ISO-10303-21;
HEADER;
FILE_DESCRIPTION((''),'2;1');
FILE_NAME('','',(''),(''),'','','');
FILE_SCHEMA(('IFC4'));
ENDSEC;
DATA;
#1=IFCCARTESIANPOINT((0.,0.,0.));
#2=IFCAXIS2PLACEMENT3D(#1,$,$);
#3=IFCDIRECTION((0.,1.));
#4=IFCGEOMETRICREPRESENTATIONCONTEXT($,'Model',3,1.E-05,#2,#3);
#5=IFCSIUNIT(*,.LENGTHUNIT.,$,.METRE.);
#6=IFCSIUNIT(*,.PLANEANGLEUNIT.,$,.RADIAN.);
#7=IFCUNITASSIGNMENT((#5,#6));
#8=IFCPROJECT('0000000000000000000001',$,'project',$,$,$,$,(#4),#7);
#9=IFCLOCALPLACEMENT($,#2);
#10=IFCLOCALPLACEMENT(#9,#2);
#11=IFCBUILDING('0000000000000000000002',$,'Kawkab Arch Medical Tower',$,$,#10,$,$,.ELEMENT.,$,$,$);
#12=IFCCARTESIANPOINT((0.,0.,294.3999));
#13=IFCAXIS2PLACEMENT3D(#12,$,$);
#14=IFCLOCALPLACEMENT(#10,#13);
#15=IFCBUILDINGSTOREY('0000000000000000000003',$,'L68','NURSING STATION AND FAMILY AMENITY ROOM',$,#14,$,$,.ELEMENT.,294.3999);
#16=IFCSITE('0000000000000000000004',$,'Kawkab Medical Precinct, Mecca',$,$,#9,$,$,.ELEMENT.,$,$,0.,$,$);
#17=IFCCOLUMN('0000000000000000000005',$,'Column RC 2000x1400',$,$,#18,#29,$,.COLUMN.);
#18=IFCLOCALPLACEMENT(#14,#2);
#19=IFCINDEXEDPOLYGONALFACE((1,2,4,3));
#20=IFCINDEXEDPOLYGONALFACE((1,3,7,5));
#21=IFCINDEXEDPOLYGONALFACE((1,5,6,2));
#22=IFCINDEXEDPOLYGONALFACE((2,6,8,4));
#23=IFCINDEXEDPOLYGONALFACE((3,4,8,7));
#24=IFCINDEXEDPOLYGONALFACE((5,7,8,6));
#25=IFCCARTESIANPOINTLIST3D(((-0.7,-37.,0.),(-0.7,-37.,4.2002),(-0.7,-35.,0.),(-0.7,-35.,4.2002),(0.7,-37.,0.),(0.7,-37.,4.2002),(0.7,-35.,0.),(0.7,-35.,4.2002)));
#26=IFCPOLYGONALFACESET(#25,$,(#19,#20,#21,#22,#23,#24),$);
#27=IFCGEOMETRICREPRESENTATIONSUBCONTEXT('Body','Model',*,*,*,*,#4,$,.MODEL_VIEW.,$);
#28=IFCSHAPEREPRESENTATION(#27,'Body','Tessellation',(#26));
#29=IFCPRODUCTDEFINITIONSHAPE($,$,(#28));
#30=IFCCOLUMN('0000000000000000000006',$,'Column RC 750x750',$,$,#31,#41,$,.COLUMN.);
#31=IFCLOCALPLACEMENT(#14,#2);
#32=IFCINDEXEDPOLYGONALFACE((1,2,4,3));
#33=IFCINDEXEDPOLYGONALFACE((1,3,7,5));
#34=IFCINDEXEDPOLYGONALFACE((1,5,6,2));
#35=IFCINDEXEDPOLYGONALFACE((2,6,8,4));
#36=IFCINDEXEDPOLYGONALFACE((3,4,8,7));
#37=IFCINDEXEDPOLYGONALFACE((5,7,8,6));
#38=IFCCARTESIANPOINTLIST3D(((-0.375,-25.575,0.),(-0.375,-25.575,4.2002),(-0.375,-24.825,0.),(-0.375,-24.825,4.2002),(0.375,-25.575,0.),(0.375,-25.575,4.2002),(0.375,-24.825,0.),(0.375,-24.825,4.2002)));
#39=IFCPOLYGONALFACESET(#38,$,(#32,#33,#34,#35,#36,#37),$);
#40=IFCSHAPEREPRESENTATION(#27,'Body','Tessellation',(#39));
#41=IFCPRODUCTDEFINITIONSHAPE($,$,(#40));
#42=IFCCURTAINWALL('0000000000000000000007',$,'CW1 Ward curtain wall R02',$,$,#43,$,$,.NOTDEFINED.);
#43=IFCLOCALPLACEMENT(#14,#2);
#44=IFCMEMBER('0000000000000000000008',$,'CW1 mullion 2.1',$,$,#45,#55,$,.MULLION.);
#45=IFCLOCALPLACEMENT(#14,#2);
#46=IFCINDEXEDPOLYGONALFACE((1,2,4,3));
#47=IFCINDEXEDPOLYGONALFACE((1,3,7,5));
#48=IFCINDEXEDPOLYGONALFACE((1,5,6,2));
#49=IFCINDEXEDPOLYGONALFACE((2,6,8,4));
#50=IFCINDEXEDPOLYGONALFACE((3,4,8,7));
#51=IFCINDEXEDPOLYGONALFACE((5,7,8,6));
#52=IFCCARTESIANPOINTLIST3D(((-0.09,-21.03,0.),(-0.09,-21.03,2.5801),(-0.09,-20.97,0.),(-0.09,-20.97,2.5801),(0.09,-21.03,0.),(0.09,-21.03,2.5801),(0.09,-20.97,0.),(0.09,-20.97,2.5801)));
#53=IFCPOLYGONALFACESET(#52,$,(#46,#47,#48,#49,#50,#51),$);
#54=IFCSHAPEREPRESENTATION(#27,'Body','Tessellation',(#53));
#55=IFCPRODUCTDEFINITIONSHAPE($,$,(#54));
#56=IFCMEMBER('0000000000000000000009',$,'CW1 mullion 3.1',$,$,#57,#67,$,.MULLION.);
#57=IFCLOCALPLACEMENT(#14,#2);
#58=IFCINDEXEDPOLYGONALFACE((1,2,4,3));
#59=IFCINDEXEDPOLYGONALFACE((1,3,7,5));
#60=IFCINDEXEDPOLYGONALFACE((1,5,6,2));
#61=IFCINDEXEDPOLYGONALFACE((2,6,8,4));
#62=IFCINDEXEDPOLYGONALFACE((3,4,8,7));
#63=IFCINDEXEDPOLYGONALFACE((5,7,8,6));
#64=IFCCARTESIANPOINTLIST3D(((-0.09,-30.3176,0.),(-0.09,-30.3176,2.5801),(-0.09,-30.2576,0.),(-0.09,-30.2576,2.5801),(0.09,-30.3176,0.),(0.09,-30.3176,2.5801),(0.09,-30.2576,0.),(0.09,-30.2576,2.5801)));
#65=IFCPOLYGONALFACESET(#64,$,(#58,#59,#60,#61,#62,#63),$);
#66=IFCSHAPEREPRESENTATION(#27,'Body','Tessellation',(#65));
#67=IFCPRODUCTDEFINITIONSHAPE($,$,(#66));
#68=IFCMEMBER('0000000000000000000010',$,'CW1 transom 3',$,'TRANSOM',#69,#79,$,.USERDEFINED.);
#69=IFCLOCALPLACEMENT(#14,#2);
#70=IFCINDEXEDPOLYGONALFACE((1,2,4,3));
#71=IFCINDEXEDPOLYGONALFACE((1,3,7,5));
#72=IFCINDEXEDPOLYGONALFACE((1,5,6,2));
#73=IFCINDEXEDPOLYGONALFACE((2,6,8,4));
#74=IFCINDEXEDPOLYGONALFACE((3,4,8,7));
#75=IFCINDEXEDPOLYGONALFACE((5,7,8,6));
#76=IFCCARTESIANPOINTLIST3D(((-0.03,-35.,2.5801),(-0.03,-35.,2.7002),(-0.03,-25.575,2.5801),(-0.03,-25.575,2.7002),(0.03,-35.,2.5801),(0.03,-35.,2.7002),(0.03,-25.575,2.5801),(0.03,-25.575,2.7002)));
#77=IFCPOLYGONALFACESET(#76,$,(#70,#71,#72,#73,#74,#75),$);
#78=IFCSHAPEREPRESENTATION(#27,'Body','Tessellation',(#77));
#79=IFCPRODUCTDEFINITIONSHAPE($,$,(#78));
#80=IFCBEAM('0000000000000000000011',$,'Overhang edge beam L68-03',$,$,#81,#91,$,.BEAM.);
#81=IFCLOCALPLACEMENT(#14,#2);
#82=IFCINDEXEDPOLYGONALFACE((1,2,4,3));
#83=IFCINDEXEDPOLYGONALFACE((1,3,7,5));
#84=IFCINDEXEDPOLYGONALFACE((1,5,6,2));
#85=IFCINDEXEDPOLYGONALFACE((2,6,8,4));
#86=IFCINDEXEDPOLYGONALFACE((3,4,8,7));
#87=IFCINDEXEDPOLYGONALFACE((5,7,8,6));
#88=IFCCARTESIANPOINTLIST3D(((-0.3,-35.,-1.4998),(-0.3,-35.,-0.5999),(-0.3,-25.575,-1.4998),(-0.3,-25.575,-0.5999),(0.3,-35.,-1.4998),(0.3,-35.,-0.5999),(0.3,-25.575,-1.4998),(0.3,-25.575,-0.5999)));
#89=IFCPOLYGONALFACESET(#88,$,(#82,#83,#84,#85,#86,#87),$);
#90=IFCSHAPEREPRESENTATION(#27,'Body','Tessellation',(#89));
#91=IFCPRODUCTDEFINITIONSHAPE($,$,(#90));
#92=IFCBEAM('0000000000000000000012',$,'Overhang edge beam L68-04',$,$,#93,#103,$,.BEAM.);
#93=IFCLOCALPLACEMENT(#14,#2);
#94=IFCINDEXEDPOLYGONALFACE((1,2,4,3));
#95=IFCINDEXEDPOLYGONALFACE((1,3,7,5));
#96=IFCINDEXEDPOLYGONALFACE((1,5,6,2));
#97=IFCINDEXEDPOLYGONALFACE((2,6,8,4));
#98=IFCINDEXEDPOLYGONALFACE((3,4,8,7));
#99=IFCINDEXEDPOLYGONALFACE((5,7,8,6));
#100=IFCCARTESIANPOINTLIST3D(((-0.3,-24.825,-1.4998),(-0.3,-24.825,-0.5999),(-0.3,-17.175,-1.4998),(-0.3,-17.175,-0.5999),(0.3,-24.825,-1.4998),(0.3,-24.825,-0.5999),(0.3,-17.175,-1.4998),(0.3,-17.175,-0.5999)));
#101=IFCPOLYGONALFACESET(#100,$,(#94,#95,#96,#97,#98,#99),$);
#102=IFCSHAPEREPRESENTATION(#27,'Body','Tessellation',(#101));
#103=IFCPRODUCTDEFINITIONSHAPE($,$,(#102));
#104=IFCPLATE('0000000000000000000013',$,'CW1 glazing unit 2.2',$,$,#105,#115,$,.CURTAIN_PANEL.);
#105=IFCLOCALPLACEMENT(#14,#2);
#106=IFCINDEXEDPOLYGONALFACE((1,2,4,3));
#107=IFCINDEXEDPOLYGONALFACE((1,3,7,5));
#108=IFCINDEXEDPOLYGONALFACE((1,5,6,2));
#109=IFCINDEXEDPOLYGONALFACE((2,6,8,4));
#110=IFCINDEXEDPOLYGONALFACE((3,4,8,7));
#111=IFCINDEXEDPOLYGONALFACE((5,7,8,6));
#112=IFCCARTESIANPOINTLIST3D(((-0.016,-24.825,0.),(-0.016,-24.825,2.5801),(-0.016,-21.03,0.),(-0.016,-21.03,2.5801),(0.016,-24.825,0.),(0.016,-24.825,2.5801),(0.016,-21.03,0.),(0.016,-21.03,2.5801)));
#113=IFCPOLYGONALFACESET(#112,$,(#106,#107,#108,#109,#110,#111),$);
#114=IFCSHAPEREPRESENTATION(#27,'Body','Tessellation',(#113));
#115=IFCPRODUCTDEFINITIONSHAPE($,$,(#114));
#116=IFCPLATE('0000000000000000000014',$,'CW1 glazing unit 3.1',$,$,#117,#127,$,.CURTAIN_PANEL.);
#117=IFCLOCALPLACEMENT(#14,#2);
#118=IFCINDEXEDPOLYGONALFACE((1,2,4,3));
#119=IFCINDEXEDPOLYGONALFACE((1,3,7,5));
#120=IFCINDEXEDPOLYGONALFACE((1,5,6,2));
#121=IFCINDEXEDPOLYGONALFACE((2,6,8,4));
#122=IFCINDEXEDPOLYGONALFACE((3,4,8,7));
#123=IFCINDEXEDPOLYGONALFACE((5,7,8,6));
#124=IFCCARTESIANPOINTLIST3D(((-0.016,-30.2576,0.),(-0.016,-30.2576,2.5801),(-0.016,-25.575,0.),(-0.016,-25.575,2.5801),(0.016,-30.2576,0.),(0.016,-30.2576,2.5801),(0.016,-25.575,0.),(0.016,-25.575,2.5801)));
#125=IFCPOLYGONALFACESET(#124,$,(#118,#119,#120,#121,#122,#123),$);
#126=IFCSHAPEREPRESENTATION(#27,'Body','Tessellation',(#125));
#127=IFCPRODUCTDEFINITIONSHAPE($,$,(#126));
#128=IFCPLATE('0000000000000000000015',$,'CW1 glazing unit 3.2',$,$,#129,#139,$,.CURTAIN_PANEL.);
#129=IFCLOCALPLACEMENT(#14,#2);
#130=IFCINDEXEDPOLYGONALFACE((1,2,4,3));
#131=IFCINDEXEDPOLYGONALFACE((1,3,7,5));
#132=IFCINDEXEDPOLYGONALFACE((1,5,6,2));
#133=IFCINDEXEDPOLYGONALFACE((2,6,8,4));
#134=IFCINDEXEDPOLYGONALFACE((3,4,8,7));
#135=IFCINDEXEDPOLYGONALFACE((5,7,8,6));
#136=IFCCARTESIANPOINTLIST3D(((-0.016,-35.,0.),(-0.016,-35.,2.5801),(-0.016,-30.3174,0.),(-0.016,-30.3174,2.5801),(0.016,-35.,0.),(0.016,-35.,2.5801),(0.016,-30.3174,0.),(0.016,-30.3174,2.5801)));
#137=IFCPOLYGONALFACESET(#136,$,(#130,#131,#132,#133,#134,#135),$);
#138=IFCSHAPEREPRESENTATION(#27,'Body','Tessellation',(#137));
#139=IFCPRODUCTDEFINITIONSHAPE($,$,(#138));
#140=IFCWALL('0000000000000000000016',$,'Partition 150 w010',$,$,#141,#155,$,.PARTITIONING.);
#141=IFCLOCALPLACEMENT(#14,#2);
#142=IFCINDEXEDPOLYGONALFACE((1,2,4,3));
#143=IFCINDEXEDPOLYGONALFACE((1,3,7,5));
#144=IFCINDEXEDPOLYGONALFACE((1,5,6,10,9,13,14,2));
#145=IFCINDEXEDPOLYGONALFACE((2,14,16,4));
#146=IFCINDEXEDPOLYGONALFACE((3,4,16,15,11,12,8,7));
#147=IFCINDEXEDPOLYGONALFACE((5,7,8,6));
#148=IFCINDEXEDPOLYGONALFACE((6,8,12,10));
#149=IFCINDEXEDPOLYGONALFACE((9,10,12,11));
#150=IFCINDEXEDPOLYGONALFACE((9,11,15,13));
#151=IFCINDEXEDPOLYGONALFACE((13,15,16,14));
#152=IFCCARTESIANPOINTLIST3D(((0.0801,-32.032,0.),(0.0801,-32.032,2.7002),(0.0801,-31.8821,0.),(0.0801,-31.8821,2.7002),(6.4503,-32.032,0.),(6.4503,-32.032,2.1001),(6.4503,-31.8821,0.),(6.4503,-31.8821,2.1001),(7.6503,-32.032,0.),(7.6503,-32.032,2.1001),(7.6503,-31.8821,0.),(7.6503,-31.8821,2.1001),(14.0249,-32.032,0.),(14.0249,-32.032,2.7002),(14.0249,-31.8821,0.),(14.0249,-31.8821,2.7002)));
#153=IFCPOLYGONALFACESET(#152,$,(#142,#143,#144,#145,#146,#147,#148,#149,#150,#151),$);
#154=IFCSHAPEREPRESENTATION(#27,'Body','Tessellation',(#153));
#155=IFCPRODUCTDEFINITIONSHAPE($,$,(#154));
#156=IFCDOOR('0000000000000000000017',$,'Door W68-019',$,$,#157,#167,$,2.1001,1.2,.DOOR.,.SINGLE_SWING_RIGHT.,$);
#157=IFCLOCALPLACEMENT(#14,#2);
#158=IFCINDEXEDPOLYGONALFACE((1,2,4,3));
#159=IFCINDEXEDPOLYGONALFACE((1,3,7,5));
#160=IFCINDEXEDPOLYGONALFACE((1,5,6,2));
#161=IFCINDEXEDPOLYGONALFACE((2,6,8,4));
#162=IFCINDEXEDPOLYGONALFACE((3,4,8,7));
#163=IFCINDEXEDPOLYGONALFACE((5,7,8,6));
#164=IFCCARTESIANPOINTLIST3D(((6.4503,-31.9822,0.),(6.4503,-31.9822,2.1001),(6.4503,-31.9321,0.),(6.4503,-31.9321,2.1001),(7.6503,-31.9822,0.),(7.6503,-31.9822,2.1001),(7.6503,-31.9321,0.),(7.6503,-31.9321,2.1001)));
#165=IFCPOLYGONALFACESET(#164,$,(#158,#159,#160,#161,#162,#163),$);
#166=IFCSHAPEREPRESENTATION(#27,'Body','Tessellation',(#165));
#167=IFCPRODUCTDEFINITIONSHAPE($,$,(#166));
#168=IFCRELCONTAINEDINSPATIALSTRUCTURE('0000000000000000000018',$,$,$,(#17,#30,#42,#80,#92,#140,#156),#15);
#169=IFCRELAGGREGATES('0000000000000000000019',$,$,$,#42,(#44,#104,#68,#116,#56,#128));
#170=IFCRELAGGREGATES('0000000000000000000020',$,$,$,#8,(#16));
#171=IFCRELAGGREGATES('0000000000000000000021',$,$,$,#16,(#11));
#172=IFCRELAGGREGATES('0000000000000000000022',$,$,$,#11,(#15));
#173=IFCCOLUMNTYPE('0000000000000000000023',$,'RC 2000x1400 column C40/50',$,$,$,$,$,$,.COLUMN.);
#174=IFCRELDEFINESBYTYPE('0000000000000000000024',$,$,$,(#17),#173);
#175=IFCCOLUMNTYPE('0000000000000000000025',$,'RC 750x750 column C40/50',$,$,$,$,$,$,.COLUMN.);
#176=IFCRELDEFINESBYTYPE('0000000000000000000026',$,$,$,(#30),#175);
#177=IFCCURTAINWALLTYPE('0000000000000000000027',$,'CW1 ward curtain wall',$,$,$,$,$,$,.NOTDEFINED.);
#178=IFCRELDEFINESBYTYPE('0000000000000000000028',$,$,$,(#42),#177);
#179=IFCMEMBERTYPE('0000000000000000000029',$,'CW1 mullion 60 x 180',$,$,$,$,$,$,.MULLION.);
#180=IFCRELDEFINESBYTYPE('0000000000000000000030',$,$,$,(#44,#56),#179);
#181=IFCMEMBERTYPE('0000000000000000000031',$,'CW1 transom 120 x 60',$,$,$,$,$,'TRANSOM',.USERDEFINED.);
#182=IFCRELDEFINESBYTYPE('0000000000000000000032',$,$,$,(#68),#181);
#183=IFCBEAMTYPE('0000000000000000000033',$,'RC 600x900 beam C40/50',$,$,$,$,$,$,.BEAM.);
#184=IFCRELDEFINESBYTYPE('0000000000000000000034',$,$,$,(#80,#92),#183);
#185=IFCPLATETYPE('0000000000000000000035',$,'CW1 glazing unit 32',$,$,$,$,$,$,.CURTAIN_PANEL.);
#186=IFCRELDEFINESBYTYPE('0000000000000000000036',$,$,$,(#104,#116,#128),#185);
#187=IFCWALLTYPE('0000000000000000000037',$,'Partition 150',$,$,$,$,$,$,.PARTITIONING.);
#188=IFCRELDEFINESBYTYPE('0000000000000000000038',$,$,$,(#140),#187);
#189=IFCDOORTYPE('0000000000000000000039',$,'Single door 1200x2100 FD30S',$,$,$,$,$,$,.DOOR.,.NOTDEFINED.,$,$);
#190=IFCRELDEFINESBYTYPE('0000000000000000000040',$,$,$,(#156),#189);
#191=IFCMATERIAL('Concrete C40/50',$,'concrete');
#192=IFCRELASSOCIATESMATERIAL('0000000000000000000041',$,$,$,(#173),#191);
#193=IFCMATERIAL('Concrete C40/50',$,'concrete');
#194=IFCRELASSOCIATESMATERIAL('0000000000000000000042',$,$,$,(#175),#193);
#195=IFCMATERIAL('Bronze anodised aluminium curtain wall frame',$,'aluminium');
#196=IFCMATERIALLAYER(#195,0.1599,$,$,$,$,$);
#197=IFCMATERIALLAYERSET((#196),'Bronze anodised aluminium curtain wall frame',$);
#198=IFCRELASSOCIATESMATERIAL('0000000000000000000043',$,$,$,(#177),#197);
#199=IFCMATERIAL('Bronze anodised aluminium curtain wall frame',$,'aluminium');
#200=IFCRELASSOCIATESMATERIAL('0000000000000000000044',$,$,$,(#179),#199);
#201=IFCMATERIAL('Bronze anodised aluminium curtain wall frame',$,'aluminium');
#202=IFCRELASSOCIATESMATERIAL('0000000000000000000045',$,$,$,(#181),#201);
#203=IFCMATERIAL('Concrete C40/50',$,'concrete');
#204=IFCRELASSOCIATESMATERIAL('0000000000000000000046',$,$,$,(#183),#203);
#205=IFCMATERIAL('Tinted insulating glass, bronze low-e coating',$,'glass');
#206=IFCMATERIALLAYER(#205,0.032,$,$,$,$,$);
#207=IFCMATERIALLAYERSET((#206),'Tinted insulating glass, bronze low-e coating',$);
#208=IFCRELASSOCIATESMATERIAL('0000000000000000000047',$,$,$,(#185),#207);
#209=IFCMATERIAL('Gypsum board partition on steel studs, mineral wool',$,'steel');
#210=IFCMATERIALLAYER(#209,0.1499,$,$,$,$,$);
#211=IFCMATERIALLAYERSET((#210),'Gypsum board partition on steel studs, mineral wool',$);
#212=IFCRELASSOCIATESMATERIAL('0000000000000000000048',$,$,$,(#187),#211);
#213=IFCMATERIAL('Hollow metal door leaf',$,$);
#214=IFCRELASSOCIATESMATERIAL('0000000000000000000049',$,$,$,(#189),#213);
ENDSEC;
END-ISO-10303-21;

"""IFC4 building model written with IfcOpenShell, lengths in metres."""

from ifc_helpers import new_model, si_unit, direction, frame, frame_2d, origin, origin_2d, place, context, subcontext, project, spatial, rectangle, extrude, material, layer, layer_set, material_profile, profile_set, type_object, element, fill, aggregate, save


model = new_model("IFC4")

# Units and contexts
model_context = context("Model", 3, precision=1e-05, world=origin(), true_north=direction((0.0, 1.0)))
body_context = subcontext(model_context, "Body", "Model", "MODEL_VIEW")
ifc_project = project(units=[si_unit("LENGTHUNIT", "METRE"), si_unit("PLANEANGLEUNIT", "RADIAN")], contexts=[model_context])

# Site, building, storey
site_placement = place(None, origin())
site = spatial("IfcSite", under=ifc_project, at=site_placement, Name="Kawkab Medical Precinct, Mecca", CompositionType="ELEMENT", RefElevation=0.0)
building_placement = place(site_placement, origin())
building = spatial("IfcBuilding", under=site, at=building_placement, Name="Kawkab Arch Medical Tower", CompositionType="ELEMENT")
storey_placement = place(building_placement, frame((0.0, 0.0, 294.3999)))
storey = spatial("IfcBuildingStorey", under=building, at=storey_placement, Name="L68", Description="NURSING STATION AND FAMILY AMENITY ROOM", CompositionType="ELEMENT", Elevation=294.3999)

# Columns
ifc_material_1 = material(Name="Concrete C40/50", Category="concrete")
ifc_material_profile_1 = material_profile(ifc_material_1, rectangle(XDim=2.0, YDim=1.3999, at=origin_2d()), Name="RC 2000x1400")
ifc_profile_set_1 = profile_set([ifc_material_profile_1], Name="Concrete C40/50")
column_type_1 = type_object("IfcColumnType", Name="RC 2000x1400 column C40/50", PredefinedType="COLUMN", material=ifc_profile_set_1)
column_1_placement = place(storey_placement, frame((0.0, -36.0, 0.0), z_axis=(0.0, 0.0, 1.0), x_axis=(0.0, 1.0, 0.0)))
element("IfcColumn", 1, at=column_1_placement, inside=storey, type_object=column_type_1, Name="Column RC 2000x1400", PredefinedType="COLUMN", context=body_context, shape_type="SweptSolid", body=[
    extrude(rectangle(XDim=2.0, YDim=1.3999, at=origin_2d()), origin(), (0.0, 0.0, 1.0), 4.2002),
])
ifc_material_2 = material(Name="Concrete C40/50", Category="concrete")
ifc_material_profile_2 = material_profile(ifc_material_2, rectangle(XDim=0.75, YDim=0.75, at=origin_2d()), Name="RC 750x750")
ifc_profile_set_2 = profile_set([ifc_material_profile_2], Name="Concrete C40/50")
column_type_2 = type_object("IfcColumnType", Name="RC 750x750 column C40/50", PredefinedType="COLUMN", material=ifc_profile_set_2)
column_2_placement = place(storey_placement, frame((0.0, -25.2, 0.0), z_axis=(0.0, 0.0, 1.0), x_axis=(1.0, 0.0, 0.0)))
element("IfcColumn", 2, at=column_2_placement, inside=storey, type_object=column_type_2, Name="Column RC 750x750", PredefinedType="COLUMN", context=body_context, shape_type="SweptSolid", body=[
    extrude(rectangle(XDim=0.75, YDim=0.75, at=origin_2d()), origin(), (0.0, 0.0, 1.0), 4.2002),
])

# Curtain wall, members
ifc_material_3 = material(Name="Bronze anodised aluminium curtain wall frame", Category="aluminium")
ifc_layer_1 = layer(ifc_material_3, 0.1599)
ifc_layer_set_1 = layer_set([ifc_layer_1], Name="Bronze anodised aluminium curtain wall frame")
curtain_wall_type = type_object("IfcCurtainWallType", Name="CW1 ward curtain wall", PredefinedType="NOTDEFINED", material=ifc_layer_set_1)
curtain_wall_placement = place(storey_placement, origin())
curtain_wall = element("IfcCurtainWall", 3, at=curtain_wall_placement, inside=storey, type_object=curtain_wall_type, Name="CW1 Ward curtain wall R02", PredefinedType="NOTDEFINED")
ifc_material_4 = material(Name="Bronze anodised aluminium curtain wall frame", Category="aluminium")
ifc_material_profile_3 = material_profile(ifc_material_4, rectangle(XDim=0.1799, YDim=0.0601, at=origin_2d()), Name="AL 60x180")
ifc_profile_set_3 = profile_set([ifc_material_profile_3], Name="Bronze anodised aluminium curtain wall frame")
member_type_1 = type_object("IfcMemberType", Name="CW1 mullion 60 x 180", PredefinedType="MULLION", material=ifc_profile_set_3)
member_1_placement = place(storey_placement, frame((0.0, -21.0, 0.0), z_axis=(0.0, 0.0, 1.0), x_axis=(1.0, 0.0, 0.0)))
member_1 = element("IfcMember", 4, at=member_1_placement, type_object=member_type_1, Name="CW1 mullion 2.1", PredefinedType="MULLION", context=body_context, shape_type="SweptSolid", body=[
    extrude(rectangle(XDim=0.1799, YDim=0.0601, at=origin_2d()), origin(), (0.0, 0.0, 1.0), 2.5801),
])
member_2_placement = place(storey_placement, frame((0.0, -30.2876, 0.0), z_axis=(0.0, 0.0, 1.0), x_axis=(1.0, 0.0, 0.0)))
member_2 = element("IfcMember", 5, at=member_2_placement, type_object=member_type_1, Name="CW1 mullion 3.1", PredefinedType="MULLION", context=body_context, shape_type="SweptSolid", body=[
    extrude(rectangle(XDim=0.1799, YDim=0.0601, at=origin_2d()), origin(), (0.0, 0.0, 1.0), 2.5801),
])
ifc_material_5 = material(Name="Bronze anodised aluminium curtain wall frame", Category="aluminium")
ifc_material_profile_4 = material_profile(ifc_material_5, rectangle(XDim=0.0601, YDim=0.1201, at=origin_2d()), Name="AL 60x120")
ifc_profile_set_4 = profile_set([ifc_material_profile_4], Name="Bronze anodised aluminium curtain wall frame")
member_type_2 = type_object("IfcMemberType", Name="CW1 transom 120 x 60", ElementType="TRANSOM", PredefinedType="USERDEFINED", material=ifc_profile_set_4)
member_3_placement = place(storey_placement, frame((0.0, -25.575, 2.6401), z_axis=(0.0, -1.0, 0.0), x_axis=(1.0, 0.0, 0.0)))
member_3 = element("IfcMember", 6, at=member_3_placement, type_object=member_type_2, Name="CW1 transom 3", ObjectType="TRANSOM", PredefinedType="USERDEFINED", context=body_context, shape_type="SweptSolid", body=[
    extrude(rectangle(XDim=0.0601, YDim=0.1201, at=origin_2d()), origin(), (0.0, 0.0, 1.0), 9.425),
])

# Beams
ifc_material_6 = material(Name="Concrete C40/50", Category="concrete")
ifc_material_profile_5 = material_profile(ifc_material_6, rectangle(XDim=0.6001, YDim=0.8999, at=origin_2d()), Name="RC 600x900")
ifc_profile_set_5 = profile_set([ifc_material_profile_5], Name="Concrete C40/50")
beam_type = type_object("IfcBeamType", Name="RC 600x900 beam C40/50", PredefinedType="BEAM", material=ifc_profile_set_5)
beam_1_placement = place(storey_placement, frame((0.0, -35.0, -1.0498), z_axis=(0.0, 1.0, 0.0), x_axis=(-1.0, 0.0, 0.0)))
element("IfcBeam", 7, at=beam_1_placement, inside=storey, type_object=beam_type, Name="Overhang edge beam L68-03", PredefinedType="BEAM", context=body_context, shape_type="SweptSolid", body=[
    extrude(rectangle(XDim=0.6001, YDim=0.8999, at=origin_2d()), origin(), (0.0, 0.0, 1.0), 9.425),
])
beam_2_placement = place(storey_placement, frame((0.0, -24.825, -1.0498), z_axis=(0.0, 1.0, 0.0), x_axis=(-1.0, 0.0, 0.0)))
element("IfcBeam", 8, at=beam_2_placement, inside=storey, type_object=beam_type, Name="Overhang edge beam L68-04", PredefinedType="BEAM", context=body_context, shape_type="SweptSolid", body=[
    extrude(rectangle(XDim=0.6001, YDim=0.8999, at=origin_2d()), origin(), (0.0, 0.0, 1.0), 7.6499),
])

# Plates
ifc_material_7 = material(Name="Tinted insulating glass, bronze low-e coating", Category="glass")
ifc_layer_2 = layer(ifc_material_7, 0.032)
ifc_layer_set_2 = layer_set([ifc_layer_2], Name="Tinted insulating glass, bronze low-e coating")
plate_type = type_object("IfcPlateType", Name="CW1 glazing unit 32", PredefinedType="CURTAIN_PANEL", material=ifc_layer_set_2)
plate_1_placement = place(storey_placement, frame((0.0, -22.9275, 0.0), z_axis=(0.0, 0.0, 1.0), x_axis=(0.0, -1.0, 0.0)))
plate_1 = element("IfcPlate", 9, at=plate_1_placement, type_object=plate_type, Name="CW1 glazing unit 2.2", PredefinedType="CURTAIN_PANEL", context=body_context, shape_type="SweptSolid", body=[
    extrude(rectangle(XDim=3.7949, YDim=0.032, at=origin_2d()), origin(), (0.0, 0.0, 1.0), 2.5801),
])
plate_2_placement = place(storey_placement, frame((0.0, -27.9163, 0.0), z_axis=(0.0, 0.0, 1.0), x_axis=(0.0, -1.0, 0.0)))
plate_2 = element("IfcPlate", 10, at=plate_2_placement, type_object=plate_type, Name="CW1 glazing unit 3.1", PredefinedType="CURTAIN_PANEL", context=body_context, shape_type="SweptSolid", body=[
    extrude(rectangle(XDim=4.6826, YDim=0.032, at=origin_2d()), origin(), (0.0, 0.0, 1.0), 2.5801),
])
plate_3_placement = place(storey_placement, frame((0.0, -32.6587, 0.0), z_axis=(0.0, 0.0, 1.0), x_axis=(0.0, -1.0, 0.0)))
plate_3 = element("IfcPlate", 11, at=plate_3_placement, type_object=plate_type, Name="CW1 glazing unit 3.2", PredefinedType="CURTAIN_PANEL", context=body_context, shape_type="SweptSolid", body=[
    extrude(rectangle(XDim=4.6826, YDim=0.032, at=origin_2d()), origin(), (0.0, 0.0, 1.0), 2.5801),
])
aggregate(curtain_wall, [member_1, plate_1, member_3, plate_2, member_2, plate_3])

# Wall, opening, door
ifc_material_8 = material(Name="Gypsum board partition on steel studs, mineral wool", Category="steel")
ifc_layer_3 = layer(ifc_material_8, 0.1499)
ifc_layer_set_3 = layer_set([ifc_layer_3], Name="Gypsum board partition on steel studs, mineral wool")
wall_type_1 = type_object("IfcWallType", Name="Partition 150", PredefinedType="PARTITIONING", material=ifc_layer_set_3)
wall_1_placement = place(storey_placement, frame((0.0801, -31.957, 0.0), z_axis=(0.0, 0.0, 1.0), x_axis=(1.0, 0.0, 0.0)))
wall_1 = element("IfcWall", 12, at=wall_1_placement, inside=storey, type_object=wall_type_1, Name="Partition 150 w010", PredefinedType="PARTITIONING", context=body_context, shape_type="SweptSolid", body=[
    extrude(rectangle(XDim=13.9448, YDim=0.1499, at=frame_2d((6.9724, 0.0))), origin(), (0.0, 0.0, 1.0), 2.7002),
])
opening_1_placement = place(wall_1_placement, frame((6.3701, 0.0, 0.0)))
opening_1 = element("IfcOpeningElement", 13, at=opening_1_placement, cuts=wall_1, PredefinedType="OPENING", context=body_context, shape_type="SweptSolid", body=[
    extrude(rectangle(XDim=1.2, YDim=2.1001, at=frame_2d((0.6001, 1.05))), frame((0.0, 0.085, 0.0), z_axis=(0.0, -1.0, 0.0), x_axis=(1.0, 0.0, 0.0)), (0.0, 0.0, 1.0), 0.1699),
])
ifc_material_9 = material(Name="Hollow metal door leaf")
door_type_1 = type_object("IfcDoorType", Name="Single door 1200x2100 FD30S", OperationType="NOTDEFINED", PredefinedType="DOOR", material=ifc_material_9)
door_1_placement = place(opening_1_placement, origin())
door_1 = element("IfcDoor", 14, at=door_1_placement, inside=storey, type_object=door_type_1, Name="Door W68-019", OperationType="SINGLE_SWING_RIGHT", OverallHeight=2.1001, OverallWidth=1.2, PredefinedType="DOOR", context=body_context, shape_type="SweptSolid", body=[
    extrude(rectangle(XDim=1.2, YDim=2.1001, at=frame_2d((0.6001, 1.05))), frame((0.0, 0.0249, 0.0), z_axis=(0.0, -1.0, 0.0), x_axis=(1.0, 0.0, 0.0)), (0.0, 0.0, 1.0), 0.05),
])
fill(opening_1, door_1)

save(model, "model.ifc")
